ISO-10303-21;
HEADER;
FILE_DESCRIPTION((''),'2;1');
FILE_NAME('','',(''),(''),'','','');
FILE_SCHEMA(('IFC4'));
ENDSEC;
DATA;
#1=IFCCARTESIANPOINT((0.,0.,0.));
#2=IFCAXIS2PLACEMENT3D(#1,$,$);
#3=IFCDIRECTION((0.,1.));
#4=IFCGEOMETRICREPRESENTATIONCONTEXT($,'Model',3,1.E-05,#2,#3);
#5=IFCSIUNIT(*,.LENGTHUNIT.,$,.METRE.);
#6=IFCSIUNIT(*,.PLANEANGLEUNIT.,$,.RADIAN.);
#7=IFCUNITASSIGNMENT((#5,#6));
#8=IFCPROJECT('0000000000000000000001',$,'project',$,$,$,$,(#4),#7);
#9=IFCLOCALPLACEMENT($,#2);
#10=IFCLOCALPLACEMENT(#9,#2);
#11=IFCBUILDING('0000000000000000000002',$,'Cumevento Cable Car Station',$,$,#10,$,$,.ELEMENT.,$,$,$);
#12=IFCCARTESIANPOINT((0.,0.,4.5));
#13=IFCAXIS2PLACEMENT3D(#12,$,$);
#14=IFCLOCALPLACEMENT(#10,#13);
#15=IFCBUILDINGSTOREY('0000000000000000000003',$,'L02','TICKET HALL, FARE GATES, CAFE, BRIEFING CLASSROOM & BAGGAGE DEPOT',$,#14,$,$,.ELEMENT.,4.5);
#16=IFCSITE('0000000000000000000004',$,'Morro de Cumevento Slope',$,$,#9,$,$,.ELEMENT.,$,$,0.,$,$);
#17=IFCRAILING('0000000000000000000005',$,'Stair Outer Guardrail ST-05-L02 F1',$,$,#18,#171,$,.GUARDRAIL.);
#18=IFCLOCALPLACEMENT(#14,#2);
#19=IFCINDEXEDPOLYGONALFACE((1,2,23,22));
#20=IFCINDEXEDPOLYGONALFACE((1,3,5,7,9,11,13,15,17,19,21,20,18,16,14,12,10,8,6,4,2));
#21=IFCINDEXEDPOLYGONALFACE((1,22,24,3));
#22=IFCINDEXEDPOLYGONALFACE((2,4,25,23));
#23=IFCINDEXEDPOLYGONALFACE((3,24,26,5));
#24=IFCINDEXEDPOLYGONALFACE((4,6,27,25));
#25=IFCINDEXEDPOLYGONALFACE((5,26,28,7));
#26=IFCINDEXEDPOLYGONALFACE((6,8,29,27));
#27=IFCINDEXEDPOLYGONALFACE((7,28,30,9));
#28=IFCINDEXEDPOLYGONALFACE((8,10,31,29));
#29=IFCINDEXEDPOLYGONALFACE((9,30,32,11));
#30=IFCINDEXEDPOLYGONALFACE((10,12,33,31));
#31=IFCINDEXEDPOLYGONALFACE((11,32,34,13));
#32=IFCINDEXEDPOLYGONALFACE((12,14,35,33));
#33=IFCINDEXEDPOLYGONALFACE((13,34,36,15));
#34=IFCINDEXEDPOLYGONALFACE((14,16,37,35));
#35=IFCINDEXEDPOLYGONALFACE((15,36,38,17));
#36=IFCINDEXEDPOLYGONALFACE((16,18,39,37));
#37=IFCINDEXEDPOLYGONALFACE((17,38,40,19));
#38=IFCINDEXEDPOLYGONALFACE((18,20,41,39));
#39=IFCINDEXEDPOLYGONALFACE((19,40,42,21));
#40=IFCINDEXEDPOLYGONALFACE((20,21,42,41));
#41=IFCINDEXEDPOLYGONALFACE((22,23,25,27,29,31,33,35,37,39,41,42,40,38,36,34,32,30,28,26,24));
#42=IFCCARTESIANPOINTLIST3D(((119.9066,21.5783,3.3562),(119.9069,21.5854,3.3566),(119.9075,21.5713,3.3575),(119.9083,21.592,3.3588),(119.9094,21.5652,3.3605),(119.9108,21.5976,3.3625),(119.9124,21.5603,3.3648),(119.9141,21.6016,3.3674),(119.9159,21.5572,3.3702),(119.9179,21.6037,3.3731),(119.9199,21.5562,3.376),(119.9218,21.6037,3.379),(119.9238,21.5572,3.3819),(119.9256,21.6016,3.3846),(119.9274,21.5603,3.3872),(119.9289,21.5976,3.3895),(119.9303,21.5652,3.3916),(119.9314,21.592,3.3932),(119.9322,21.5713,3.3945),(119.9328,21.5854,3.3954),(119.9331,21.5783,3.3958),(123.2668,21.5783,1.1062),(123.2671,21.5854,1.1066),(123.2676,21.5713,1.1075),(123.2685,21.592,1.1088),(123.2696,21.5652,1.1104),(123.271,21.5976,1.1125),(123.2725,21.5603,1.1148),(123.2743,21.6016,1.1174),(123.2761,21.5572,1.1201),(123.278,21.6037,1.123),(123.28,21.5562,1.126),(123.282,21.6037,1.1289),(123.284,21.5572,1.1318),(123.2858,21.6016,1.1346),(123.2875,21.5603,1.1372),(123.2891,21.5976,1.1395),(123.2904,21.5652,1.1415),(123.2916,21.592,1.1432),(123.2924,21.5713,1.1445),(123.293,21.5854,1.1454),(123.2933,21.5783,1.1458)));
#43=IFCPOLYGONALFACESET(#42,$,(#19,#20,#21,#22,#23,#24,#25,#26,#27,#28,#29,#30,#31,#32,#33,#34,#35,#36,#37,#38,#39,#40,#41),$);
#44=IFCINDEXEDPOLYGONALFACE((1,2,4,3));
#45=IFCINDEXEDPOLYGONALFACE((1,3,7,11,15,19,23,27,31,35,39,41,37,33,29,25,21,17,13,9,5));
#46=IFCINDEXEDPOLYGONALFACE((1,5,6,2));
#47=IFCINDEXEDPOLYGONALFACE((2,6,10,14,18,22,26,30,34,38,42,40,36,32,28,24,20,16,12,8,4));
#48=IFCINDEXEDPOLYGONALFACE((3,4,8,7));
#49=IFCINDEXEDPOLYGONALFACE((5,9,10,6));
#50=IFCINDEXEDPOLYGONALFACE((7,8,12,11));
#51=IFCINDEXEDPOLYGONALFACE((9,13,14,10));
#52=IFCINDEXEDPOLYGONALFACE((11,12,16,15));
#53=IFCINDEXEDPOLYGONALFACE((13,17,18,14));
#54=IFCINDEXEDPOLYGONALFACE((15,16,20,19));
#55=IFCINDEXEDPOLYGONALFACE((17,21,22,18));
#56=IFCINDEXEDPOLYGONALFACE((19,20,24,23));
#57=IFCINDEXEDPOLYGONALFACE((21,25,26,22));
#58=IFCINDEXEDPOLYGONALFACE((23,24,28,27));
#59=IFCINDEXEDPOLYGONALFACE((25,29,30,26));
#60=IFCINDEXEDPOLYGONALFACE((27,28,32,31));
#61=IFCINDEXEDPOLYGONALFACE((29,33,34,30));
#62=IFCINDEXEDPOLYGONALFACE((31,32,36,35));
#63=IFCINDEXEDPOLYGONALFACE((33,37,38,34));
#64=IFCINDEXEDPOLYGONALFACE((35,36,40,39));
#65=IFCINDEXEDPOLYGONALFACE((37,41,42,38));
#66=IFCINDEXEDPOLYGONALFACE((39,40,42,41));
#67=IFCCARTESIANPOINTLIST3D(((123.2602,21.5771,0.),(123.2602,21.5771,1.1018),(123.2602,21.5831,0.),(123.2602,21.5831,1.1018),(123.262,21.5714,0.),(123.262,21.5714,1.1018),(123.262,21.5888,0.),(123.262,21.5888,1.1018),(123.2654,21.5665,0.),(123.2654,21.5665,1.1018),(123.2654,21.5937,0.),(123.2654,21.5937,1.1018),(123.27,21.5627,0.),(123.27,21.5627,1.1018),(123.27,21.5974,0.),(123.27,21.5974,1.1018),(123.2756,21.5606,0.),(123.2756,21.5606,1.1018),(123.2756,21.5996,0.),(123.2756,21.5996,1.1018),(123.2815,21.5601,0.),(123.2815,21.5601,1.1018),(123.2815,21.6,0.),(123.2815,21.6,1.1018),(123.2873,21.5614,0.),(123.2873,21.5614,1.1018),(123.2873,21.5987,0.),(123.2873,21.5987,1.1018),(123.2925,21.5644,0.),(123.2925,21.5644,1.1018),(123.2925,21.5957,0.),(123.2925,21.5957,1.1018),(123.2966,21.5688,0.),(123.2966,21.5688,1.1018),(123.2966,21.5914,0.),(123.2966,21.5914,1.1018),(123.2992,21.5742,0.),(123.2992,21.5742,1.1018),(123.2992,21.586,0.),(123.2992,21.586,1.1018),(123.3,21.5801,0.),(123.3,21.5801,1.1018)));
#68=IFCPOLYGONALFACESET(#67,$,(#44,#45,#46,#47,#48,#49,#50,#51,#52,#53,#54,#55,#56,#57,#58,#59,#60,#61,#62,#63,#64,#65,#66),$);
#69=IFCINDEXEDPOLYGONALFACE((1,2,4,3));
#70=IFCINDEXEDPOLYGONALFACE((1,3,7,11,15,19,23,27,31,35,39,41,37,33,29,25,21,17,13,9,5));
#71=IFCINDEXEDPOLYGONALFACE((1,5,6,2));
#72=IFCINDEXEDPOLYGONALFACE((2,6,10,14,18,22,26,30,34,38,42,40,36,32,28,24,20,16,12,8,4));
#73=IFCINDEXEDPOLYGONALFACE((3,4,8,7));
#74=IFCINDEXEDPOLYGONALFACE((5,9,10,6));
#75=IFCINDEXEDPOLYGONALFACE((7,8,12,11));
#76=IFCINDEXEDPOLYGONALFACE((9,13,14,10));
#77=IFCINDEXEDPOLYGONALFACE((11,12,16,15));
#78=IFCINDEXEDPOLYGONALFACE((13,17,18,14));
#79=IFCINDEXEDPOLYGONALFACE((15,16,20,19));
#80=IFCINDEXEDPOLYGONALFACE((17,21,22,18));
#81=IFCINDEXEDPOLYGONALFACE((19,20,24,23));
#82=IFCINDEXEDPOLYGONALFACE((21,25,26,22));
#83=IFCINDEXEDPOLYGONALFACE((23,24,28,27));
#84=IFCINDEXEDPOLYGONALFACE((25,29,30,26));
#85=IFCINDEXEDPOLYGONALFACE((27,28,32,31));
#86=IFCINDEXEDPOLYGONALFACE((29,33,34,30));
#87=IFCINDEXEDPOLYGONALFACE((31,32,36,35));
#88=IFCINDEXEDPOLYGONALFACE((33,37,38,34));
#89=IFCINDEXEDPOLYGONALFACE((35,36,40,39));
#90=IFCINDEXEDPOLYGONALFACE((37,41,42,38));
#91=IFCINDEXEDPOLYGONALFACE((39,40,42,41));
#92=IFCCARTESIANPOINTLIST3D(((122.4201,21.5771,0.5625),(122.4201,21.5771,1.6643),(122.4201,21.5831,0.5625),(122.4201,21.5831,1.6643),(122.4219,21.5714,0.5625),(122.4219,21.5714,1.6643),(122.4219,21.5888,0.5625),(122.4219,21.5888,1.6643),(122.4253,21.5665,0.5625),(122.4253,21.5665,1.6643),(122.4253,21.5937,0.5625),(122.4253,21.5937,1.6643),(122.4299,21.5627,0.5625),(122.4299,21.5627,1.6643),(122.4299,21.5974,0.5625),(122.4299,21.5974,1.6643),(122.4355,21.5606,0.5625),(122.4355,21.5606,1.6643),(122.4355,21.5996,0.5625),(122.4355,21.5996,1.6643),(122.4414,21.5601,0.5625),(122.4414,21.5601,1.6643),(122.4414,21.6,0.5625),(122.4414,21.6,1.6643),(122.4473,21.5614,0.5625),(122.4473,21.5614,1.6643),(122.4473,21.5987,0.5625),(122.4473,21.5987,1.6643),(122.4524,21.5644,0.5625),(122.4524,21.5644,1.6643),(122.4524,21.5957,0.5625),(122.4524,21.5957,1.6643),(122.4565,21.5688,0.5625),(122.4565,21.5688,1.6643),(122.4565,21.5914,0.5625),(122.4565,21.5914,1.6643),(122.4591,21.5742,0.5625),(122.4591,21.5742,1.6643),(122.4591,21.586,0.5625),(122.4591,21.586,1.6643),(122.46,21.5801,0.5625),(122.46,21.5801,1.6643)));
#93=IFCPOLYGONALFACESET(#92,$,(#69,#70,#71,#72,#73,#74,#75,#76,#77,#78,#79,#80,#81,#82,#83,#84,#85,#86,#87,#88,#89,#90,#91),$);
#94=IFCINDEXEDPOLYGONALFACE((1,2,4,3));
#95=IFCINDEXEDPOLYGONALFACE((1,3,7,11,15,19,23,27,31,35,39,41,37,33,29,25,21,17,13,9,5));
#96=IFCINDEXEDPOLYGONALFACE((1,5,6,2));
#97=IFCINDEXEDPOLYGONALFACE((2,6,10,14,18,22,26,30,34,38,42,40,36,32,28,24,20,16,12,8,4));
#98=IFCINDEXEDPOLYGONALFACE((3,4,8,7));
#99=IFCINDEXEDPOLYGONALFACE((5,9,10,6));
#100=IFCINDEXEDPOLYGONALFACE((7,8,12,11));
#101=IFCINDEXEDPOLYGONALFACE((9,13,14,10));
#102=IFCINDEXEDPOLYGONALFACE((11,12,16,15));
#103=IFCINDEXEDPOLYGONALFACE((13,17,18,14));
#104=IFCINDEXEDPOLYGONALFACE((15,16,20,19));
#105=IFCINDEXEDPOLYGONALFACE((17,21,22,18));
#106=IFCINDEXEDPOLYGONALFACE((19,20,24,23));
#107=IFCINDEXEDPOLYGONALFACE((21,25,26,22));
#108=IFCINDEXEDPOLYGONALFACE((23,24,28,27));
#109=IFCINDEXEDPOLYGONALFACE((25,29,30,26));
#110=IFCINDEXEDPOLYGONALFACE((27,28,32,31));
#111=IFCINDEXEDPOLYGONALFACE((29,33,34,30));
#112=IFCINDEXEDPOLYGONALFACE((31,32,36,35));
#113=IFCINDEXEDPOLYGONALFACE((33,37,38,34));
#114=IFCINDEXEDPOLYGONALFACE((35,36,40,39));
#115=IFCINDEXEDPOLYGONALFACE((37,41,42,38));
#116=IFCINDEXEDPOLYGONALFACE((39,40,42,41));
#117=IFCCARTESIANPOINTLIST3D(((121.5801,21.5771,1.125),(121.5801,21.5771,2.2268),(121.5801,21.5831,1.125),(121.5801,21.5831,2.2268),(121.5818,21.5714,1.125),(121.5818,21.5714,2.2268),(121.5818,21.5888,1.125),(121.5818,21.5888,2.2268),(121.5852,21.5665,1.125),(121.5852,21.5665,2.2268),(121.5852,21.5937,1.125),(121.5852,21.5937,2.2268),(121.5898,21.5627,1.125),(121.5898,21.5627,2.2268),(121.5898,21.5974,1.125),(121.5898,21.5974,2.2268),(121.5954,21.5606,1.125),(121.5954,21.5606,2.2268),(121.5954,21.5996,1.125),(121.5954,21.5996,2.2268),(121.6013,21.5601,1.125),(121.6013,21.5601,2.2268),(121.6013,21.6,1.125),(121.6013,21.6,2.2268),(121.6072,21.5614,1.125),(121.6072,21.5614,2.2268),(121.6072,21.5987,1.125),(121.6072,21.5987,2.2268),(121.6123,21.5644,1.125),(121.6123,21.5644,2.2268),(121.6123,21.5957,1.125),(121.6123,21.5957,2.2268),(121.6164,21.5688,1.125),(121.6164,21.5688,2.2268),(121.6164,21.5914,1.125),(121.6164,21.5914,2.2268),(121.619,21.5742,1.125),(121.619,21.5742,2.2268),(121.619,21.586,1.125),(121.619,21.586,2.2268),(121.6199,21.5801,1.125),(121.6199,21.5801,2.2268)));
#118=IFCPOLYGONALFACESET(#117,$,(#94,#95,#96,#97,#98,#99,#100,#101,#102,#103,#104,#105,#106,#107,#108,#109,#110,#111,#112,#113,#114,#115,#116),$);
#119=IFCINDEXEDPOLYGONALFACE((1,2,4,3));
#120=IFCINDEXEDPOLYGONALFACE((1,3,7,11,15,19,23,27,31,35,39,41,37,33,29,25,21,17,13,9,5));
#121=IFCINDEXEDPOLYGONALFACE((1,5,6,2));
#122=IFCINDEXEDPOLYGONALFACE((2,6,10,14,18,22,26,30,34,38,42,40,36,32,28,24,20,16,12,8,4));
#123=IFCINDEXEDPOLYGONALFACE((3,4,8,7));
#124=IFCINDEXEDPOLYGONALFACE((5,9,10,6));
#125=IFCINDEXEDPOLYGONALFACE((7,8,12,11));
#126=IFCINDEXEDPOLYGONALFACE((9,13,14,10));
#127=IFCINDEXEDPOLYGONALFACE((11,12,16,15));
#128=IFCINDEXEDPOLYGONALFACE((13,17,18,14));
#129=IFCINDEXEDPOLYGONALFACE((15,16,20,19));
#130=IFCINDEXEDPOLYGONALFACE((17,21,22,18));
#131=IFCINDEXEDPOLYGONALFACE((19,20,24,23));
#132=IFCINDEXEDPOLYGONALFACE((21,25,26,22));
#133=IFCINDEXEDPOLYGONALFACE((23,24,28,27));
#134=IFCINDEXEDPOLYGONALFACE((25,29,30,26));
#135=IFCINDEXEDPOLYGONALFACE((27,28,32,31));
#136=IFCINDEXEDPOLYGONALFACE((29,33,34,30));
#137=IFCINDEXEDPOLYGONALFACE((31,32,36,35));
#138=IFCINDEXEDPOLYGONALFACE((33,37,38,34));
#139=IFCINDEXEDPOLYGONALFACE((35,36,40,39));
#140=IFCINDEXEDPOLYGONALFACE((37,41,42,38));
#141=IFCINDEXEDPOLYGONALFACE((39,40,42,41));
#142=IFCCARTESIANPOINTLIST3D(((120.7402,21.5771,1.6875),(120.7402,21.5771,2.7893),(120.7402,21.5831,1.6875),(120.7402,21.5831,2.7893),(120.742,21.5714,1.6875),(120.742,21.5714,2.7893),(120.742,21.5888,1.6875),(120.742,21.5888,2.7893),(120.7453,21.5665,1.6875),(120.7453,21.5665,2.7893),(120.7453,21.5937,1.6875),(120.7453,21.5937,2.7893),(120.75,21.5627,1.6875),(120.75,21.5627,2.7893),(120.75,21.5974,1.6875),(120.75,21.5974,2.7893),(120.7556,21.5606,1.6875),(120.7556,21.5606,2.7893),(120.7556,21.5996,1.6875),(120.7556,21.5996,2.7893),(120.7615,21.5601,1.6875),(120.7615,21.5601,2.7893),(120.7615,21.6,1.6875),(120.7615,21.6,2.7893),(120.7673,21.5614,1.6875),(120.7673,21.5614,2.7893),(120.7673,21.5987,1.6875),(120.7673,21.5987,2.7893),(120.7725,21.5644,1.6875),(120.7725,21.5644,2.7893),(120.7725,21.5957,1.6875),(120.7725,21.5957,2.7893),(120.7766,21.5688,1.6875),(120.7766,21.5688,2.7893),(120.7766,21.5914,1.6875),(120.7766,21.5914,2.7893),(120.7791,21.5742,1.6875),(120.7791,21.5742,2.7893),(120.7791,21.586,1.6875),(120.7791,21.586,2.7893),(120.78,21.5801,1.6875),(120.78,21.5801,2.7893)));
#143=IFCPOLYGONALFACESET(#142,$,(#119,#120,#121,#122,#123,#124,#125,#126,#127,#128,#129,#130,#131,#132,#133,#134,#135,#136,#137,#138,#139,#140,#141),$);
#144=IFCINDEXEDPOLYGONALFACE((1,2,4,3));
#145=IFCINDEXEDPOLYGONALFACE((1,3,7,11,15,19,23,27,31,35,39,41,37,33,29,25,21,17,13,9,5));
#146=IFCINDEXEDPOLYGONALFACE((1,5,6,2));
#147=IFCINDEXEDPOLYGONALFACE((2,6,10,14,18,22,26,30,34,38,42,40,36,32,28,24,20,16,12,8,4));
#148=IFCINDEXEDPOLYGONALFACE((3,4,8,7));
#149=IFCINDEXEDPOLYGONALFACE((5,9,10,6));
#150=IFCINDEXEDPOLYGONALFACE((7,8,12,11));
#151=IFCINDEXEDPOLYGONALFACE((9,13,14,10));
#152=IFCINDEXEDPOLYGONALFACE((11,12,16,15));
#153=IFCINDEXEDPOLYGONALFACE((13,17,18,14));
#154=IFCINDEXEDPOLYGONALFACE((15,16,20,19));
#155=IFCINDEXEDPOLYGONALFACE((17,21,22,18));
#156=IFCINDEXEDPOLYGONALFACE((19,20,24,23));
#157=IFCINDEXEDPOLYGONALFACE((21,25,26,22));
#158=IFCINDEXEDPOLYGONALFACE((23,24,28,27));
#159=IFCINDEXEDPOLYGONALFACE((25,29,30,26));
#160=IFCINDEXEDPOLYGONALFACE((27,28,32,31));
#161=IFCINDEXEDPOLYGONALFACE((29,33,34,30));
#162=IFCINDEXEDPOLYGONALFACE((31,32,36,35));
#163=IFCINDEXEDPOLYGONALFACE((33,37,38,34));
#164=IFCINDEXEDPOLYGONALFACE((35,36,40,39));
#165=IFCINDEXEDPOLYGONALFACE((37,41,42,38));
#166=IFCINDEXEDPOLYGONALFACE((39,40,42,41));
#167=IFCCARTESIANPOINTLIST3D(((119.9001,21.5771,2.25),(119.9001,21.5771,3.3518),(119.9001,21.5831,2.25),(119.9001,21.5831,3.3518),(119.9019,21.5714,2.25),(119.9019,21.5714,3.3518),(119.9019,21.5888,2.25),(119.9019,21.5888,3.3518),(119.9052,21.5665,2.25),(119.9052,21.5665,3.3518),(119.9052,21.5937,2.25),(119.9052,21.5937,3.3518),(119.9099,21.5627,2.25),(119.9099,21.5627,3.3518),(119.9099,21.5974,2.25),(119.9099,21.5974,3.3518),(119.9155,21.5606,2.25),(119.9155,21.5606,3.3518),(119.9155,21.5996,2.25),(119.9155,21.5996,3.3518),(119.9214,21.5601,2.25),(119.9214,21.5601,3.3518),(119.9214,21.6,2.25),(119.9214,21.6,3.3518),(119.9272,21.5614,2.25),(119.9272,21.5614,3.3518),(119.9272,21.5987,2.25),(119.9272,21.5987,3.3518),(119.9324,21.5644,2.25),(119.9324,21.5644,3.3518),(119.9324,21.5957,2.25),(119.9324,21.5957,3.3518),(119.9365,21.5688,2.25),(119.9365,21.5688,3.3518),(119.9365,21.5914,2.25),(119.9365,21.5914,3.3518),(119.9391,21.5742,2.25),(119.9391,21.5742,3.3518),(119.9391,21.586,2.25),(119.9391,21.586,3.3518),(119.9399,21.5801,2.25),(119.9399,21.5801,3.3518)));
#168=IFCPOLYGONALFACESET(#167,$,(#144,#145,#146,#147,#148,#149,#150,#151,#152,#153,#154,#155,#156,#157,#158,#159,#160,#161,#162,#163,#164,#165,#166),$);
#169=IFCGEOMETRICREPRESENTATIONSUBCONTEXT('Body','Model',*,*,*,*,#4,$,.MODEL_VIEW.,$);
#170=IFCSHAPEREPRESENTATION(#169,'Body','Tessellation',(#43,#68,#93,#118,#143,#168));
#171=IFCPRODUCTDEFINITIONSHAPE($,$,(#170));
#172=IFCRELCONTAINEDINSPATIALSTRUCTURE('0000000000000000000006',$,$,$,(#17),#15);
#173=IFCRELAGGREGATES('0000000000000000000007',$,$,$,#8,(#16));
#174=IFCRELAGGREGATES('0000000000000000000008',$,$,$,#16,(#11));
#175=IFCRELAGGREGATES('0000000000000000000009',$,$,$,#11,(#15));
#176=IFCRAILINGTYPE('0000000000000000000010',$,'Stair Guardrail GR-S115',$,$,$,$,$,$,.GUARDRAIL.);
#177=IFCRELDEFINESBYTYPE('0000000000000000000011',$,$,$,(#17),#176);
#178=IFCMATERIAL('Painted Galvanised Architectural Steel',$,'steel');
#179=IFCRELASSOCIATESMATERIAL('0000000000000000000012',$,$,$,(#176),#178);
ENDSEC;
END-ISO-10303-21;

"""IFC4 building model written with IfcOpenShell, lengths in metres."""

from ifc_helpers import new_model, si_unit, direction, frame, origin, origin_2d, place, context, subcontext, project, spatial, circle, extrude, material, type_object, element, save


model = new_model("IFC4")

# Units and contexts
model_context = context("Model", 3, precision=1e-05, world=origin(), true_north=direction((0.0, 1.0)))
body_context = subcontext(model_context, "Body", "Model", "MODEL_VIEW")
ifc_project = project(units=[si_unit("LENGTHUNIT", "METRE"), si_unit("PLANEANGLEUNIT", "RADIAN")], contexts=[model_context])

# Site, building, storey
site_placement = place(None, origin())
site = spatial("IfcSite", under=ifc_project, at=site_placement, Name="Morro de Cumevento Slope", CompositionType="ELEMENT", RefElevation=0.0)
building_placement = place(site_placement, origin())
building = spatial("IfcBuilding", under=site, at=building_placement, Name="Cumevento Cable Car Station", CompositionType="ELEMENT")
storey_placement = place(building_placement, frame((0.0, 0.0, 4.5)))
storey = spatial("IfcBuildingStorey", under=building, at=storey_placement, Name="L02", Description="TICKET HALL, FARE GATES, CAFE, BRIEFING CLASSROOM & BAGGAGE DEPOT", CompositionType="ELEMENT", Elevation=4.5)

# Railing
ifc_material_1 = material(Name="Painted Galvanised Architectural Steel", Category="steel")
railing_type_1 = type_object("IfcRailingType", Name="Stair Guardrail GR-S115", PredefinedType="GUARDRAIL", material=ifc_material_1)
railing_1_placement = place(storey_placement, frame((123.28, 21.5801, 0.0)))
element("IfcRailing", 1, at=railing_1_placement, inside=storey, type_object=railing_type_1, Name="Stair Outer Guardrail ST-05-L02 F1", PredefinedType="GUARDRAIL", context=body_context, shape_type="SweptSolid", body=[
    extrude(circle(Radius=0.0239, at=origin_2d()), frame((0.0, 0.0, 1.126), z_axis=(-0.830915, 0.0, 0.556399), x_axis=(0.0, -1.0, 0.0)), (0.0, 0.0, 1.0), 4.0439),
    extrude(circle(Radius=0.02, at=origin_2d()), origin(), (0.0, 0.0, 1.0), 1.1018),
    extrude(circle(Radius=0.02, at=origin_2d()), frame((-0.8401, 0.0, 0.5625)), (0.0, 0.0, 1.0), 1.1018),
    extrude(circle(Radius=0.02, at=origin_2d()), frame((-1.6802, 0.0, 1.125)), (0.0, 0.0, 1.0), 1.1018),
    extrude(circle(Radius=0.02, at=origin_2d()), frame((-2.52, 0.0, 1.6875)), (0.0, 0.0, 1.0), 1.1018),
    extrude(circle(Radius=0.02, at=origin_2d()), frame((-3.3601, 0.0, 2.25)), (0.0, 0.0, 1.0), 1.1018),
])

save(model, "model.ifc")
